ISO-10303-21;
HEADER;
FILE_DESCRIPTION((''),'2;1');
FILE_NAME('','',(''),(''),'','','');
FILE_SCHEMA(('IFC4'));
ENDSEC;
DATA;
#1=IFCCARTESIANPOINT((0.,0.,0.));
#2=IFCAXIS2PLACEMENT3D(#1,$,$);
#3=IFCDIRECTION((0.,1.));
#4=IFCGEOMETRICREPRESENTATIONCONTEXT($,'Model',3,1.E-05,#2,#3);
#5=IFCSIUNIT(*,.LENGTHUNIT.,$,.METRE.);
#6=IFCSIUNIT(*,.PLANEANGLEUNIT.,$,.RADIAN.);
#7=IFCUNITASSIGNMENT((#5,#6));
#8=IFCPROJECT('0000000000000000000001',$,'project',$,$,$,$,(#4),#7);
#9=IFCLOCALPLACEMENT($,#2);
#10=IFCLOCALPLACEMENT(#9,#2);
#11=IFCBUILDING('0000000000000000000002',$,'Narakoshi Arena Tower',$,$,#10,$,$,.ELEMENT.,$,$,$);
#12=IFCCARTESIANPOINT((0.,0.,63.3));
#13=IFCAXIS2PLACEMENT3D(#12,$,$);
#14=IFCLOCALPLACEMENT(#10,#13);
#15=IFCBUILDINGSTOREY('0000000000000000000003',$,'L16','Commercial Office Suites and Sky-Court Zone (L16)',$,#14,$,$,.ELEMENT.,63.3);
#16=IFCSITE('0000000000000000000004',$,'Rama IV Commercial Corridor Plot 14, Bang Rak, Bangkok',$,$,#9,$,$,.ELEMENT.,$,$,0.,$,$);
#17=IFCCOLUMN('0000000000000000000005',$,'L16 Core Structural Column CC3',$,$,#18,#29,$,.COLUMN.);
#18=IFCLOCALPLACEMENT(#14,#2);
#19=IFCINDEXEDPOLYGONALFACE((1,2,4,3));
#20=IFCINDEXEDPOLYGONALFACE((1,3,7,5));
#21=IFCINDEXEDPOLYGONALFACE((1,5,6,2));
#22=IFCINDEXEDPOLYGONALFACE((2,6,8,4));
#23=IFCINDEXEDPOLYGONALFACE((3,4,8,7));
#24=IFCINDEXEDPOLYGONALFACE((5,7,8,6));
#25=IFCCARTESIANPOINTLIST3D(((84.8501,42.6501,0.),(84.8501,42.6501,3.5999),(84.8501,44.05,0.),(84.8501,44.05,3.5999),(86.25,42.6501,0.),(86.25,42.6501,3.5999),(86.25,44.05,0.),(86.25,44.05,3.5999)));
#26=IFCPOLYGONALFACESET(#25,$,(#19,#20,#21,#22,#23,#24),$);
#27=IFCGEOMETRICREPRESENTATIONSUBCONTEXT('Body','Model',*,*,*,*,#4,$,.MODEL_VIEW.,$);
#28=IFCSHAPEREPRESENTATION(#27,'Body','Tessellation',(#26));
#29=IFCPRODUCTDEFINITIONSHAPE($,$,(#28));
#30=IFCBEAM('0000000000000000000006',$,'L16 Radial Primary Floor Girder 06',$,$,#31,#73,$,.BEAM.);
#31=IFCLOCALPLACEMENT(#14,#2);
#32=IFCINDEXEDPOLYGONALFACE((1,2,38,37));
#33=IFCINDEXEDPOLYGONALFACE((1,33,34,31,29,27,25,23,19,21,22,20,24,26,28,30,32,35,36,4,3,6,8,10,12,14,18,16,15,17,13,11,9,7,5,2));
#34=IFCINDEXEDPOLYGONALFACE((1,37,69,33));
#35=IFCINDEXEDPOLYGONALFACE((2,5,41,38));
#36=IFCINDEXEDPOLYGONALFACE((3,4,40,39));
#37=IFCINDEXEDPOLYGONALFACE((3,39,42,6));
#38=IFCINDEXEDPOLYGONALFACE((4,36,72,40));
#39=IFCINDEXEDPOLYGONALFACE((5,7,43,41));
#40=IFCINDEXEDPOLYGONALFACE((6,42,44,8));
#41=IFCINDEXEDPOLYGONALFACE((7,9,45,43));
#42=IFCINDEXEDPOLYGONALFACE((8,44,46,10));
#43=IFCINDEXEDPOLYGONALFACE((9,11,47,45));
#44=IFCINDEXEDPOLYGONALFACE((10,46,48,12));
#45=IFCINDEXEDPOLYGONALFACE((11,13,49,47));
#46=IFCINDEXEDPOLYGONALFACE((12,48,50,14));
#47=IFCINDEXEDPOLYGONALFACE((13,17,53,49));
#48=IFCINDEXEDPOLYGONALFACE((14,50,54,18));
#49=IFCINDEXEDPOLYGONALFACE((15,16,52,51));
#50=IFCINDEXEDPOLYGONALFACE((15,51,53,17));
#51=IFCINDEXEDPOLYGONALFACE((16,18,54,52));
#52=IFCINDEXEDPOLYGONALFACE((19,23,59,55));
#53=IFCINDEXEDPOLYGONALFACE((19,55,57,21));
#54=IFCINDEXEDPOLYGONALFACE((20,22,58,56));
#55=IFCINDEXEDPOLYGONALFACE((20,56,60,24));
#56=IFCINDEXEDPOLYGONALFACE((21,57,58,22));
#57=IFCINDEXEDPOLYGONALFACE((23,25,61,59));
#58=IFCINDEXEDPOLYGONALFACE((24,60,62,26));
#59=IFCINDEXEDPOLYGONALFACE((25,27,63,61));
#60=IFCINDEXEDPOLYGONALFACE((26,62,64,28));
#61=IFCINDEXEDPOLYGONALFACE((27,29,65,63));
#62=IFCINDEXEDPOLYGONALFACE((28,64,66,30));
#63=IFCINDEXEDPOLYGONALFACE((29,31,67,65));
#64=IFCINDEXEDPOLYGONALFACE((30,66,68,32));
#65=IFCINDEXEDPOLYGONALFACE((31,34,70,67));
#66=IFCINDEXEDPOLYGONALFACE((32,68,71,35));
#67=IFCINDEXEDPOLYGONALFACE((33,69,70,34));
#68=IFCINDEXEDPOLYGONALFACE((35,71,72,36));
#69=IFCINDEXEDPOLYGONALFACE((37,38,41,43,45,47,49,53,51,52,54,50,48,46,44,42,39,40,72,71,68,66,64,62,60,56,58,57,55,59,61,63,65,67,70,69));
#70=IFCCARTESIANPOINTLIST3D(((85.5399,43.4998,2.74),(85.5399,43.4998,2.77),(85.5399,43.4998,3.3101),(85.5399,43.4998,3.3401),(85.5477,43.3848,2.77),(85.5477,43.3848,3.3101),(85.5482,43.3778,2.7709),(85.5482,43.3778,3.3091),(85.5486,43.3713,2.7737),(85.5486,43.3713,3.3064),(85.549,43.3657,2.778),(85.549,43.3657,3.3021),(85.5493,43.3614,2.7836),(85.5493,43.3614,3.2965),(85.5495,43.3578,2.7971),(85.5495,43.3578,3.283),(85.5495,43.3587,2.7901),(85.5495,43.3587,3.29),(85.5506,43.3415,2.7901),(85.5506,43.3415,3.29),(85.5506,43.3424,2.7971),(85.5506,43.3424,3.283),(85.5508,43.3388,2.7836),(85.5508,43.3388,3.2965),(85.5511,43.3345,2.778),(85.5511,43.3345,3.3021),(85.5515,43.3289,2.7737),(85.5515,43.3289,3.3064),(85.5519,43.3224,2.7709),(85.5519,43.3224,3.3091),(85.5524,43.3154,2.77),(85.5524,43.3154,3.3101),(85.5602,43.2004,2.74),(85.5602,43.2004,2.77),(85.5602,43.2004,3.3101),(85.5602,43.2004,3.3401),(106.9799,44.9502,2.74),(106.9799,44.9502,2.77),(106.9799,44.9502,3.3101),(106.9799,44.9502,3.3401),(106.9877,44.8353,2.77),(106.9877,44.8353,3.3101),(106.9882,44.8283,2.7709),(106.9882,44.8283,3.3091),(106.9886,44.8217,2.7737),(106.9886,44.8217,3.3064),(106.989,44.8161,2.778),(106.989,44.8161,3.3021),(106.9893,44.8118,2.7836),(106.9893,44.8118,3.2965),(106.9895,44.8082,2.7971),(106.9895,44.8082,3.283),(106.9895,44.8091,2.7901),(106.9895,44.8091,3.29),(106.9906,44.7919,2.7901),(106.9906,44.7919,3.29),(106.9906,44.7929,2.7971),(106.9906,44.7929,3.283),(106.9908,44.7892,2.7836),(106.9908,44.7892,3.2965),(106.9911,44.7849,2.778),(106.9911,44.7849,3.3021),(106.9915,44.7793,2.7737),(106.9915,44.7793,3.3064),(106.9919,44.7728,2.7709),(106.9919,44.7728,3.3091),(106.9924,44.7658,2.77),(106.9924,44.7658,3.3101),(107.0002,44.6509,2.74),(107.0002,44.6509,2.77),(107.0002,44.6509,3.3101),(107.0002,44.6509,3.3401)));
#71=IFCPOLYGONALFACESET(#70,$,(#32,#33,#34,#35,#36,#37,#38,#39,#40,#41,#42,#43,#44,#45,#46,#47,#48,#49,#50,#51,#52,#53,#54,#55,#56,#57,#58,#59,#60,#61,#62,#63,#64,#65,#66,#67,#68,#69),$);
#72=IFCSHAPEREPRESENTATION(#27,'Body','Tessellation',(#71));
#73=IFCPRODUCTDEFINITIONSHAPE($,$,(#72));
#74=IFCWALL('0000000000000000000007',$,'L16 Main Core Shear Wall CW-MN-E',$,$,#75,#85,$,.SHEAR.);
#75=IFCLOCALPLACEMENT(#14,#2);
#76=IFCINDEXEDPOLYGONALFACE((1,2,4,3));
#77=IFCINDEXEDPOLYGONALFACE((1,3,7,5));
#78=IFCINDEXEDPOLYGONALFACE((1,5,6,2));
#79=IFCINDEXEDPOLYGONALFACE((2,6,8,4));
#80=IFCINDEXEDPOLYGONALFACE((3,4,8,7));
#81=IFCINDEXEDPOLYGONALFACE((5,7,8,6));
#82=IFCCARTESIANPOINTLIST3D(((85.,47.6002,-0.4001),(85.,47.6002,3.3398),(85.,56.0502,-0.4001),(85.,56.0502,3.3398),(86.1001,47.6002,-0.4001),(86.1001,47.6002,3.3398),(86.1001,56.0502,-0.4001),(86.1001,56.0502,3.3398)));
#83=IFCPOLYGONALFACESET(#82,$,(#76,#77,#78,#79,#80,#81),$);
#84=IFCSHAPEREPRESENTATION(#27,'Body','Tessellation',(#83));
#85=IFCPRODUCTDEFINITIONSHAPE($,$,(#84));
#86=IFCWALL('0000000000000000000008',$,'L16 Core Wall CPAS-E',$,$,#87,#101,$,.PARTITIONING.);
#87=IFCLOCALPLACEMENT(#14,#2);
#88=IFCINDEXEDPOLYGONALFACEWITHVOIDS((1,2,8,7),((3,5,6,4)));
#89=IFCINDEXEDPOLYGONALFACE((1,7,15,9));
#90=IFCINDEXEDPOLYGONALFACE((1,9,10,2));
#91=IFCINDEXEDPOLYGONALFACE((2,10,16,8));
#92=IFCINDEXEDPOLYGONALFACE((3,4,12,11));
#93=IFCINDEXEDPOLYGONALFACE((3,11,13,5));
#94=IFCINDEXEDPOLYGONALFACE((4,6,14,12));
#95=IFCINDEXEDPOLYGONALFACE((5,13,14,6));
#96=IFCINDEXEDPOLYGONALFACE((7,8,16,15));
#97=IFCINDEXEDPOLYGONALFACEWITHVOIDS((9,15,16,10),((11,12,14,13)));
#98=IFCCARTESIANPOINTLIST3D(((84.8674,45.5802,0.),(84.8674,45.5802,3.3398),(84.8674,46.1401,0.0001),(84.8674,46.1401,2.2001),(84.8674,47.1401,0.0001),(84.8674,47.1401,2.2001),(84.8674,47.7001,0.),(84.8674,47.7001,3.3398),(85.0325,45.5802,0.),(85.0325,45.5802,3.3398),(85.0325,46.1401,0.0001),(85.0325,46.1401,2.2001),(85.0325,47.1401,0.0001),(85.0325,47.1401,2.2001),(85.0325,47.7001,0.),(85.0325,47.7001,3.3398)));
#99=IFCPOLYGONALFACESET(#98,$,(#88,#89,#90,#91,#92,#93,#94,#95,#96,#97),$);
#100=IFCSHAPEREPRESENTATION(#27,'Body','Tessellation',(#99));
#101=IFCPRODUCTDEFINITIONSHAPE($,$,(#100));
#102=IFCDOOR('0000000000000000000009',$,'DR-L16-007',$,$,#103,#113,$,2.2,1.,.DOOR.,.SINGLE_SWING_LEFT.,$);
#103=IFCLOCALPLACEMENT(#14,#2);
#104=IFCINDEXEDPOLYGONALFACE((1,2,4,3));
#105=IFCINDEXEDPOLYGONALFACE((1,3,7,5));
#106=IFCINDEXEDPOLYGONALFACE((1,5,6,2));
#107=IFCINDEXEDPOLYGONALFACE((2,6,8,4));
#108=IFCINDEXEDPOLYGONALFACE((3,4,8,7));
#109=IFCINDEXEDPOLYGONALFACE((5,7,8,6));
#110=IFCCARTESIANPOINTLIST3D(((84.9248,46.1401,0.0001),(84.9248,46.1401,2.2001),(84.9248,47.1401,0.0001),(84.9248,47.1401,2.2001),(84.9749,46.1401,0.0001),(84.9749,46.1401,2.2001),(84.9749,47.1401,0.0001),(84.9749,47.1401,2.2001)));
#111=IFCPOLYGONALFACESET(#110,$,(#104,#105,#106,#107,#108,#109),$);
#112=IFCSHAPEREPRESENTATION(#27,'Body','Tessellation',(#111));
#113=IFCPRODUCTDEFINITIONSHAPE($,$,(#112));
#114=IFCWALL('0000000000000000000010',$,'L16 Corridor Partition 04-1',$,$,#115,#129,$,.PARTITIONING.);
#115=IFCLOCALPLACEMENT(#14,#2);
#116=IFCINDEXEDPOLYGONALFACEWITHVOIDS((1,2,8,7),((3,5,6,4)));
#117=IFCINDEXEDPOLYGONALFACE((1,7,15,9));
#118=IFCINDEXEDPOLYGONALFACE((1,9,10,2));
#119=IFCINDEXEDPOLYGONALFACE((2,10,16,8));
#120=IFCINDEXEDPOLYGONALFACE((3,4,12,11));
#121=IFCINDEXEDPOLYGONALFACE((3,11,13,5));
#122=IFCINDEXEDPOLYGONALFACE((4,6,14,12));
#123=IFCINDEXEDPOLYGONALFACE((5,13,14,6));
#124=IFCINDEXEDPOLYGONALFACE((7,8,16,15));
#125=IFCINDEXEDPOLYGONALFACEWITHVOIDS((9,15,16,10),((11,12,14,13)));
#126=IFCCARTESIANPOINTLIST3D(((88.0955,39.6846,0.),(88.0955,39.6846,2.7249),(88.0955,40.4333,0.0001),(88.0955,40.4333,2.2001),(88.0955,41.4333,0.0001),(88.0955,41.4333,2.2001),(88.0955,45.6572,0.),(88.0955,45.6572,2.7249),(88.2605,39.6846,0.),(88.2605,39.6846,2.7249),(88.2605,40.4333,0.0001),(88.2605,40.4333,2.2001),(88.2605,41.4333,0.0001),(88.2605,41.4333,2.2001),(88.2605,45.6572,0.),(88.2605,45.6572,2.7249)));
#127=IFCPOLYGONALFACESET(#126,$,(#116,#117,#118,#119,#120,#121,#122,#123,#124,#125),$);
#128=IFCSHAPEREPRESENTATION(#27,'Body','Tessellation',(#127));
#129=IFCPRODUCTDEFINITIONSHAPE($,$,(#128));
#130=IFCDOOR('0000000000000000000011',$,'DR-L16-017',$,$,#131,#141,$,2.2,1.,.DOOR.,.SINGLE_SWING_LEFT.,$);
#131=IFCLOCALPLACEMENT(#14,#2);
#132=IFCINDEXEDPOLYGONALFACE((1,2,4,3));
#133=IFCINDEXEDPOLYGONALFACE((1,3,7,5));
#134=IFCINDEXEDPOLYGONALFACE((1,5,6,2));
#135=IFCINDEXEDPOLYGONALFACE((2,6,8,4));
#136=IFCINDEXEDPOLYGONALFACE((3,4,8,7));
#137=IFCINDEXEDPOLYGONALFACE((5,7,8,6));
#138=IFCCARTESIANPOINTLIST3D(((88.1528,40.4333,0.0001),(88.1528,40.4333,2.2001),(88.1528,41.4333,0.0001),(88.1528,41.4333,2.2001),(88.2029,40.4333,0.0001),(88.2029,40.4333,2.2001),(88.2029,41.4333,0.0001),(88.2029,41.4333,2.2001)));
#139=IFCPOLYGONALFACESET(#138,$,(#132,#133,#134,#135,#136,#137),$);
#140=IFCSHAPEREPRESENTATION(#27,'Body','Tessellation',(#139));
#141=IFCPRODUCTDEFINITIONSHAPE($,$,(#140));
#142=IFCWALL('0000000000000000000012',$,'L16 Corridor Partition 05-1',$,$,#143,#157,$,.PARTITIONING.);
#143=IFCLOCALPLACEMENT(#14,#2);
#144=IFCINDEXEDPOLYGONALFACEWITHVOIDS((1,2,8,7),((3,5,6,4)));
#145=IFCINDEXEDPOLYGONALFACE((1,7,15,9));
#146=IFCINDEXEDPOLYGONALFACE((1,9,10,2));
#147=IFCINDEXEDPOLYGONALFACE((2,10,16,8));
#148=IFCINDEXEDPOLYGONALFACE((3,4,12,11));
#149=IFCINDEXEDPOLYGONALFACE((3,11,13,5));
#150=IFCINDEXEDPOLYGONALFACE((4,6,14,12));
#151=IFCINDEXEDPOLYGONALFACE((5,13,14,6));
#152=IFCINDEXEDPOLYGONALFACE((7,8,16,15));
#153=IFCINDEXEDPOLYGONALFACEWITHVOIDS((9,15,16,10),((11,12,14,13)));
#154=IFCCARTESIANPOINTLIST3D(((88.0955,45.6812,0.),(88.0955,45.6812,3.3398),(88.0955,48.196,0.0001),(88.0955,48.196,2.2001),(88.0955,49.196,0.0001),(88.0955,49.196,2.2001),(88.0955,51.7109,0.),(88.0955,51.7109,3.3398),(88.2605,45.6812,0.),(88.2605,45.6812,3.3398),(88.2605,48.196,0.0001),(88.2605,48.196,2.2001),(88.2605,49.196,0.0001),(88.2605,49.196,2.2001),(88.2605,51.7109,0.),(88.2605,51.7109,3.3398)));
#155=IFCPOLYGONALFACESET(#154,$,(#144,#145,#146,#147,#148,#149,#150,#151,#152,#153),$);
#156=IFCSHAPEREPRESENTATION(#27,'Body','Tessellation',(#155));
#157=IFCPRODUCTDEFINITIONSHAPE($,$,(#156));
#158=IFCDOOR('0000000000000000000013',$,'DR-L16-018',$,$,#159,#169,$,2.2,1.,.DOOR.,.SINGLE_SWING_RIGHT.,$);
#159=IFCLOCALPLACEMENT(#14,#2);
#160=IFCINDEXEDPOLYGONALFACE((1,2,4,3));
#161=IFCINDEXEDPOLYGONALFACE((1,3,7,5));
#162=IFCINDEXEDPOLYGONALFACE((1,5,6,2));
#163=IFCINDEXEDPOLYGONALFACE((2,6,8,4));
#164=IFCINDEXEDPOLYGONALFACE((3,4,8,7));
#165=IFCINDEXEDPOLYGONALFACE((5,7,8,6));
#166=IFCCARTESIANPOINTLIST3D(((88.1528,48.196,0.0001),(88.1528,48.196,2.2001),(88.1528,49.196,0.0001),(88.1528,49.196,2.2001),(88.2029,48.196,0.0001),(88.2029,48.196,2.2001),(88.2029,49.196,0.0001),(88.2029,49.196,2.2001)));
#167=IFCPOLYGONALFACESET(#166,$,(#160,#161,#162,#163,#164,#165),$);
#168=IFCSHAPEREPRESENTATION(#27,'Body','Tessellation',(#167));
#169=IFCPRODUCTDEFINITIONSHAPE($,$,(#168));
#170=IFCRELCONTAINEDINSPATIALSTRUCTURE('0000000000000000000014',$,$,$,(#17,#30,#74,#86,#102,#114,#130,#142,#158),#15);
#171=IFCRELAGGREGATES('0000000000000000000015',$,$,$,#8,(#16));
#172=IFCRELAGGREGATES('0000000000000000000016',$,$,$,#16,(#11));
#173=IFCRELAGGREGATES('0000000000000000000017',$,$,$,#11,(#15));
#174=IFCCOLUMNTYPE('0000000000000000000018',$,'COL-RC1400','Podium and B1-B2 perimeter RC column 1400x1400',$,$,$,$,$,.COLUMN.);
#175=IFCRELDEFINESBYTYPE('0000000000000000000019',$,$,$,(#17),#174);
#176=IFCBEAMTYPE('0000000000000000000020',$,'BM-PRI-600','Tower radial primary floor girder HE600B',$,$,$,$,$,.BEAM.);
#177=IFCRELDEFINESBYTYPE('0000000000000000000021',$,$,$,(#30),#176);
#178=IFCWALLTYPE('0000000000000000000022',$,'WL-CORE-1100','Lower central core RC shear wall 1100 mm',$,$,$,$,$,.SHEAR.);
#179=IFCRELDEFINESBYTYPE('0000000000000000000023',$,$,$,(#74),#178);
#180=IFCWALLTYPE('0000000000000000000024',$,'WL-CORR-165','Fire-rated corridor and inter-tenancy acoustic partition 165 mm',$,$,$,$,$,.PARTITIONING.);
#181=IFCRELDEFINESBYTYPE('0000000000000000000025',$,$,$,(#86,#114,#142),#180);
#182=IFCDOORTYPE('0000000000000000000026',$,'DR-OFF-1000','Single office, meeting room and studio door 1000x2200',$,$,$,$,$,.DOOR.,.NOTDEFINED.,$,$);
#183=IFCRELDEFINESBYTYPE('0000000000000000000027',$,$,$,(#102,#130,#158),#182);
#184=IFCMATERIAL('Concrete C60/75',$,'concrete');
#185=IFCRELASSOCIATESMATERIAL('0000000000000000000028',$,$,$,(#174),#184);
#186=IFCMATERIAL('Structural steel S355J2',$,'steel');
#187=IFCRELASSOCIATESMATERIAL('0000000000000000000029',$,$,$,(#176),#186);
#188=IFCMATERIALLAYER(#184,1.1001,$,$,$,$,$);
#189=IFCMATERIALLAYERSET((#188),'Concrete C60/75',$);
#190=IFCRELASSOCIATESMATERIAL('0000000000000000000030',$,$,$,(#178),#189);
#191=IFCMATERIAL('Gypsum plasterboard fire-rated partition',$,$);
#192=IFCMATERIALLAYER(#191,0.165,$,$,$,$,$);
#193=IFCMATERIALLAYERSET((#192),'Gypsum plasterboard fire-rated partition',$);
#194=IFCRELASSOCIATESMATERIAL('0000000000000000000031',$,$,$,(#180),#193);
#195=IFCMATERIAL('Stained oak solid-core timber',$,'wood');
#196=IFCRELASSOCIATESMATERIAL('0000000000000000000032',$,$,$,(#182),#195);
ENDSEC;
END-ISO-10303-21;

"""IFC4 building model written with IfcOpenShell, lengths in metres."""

from ifc_helpers import new_model, si_unit, direction, frame, frame_2d, origin, origin_2d, place, context, subcontext, project, spatial, rectangle, i_section, extrude, material, layer, layer_set, material_profile, profile_set, type_object, element, fill, save


model = new_model("IFC4")

# Units and contexts
model_context = context("Model", 3, precision=1e-05, world=origin(), true_north=direction((0.0, 1.0)))
body_context = subcontext(model_context, "Body", "Model", "MODEL_VIEW")
ifc_project = project(units=[si_unit("LENGTHUNIT", "METRE"), si_unit("PLANEANGLEUNIT", "RADIAN")], contexts=[model_context])

# Site, building, storey
site_placement = place(None, origin())
site = spatial("IfcSite", under=ifc_project, at=site_placement, Name="Rama IV Commercial Corridor Plot 14, Bang Rak, Bangkok", CompositionType="ELEMENT", RefElevation=0.0)
building_placement = place(site_placement, origin())
building = spatial("IfcBuilding", under=site, at=building_placement, Name="Narakoshi Arena Tower", CompositionType="ELEMENT")
storey_placement = place(building_placement, frame((0.0, 0.0, 63.3)))
storey = spatial("IfcBuildingStorey", under=building, at=storey_placement, Name="L16", Description="Commercial Office Suites and Sky-Court Zone (L16)", CompositionType="ELEMENT", Elevation=63.3)

# Column
ifc_material_1 = material(Name="Concrete C60/75", Category="concrete")
ifc_material_profile_1 = material_profile(ifc_material_1, rectangle(XDim=1.3999, YDim=1.3999, at=origin_2d()), Name="RC1400x1400")
ifc_profile_set_1 = profile_set([ifc_material_profile_1], Name="Concrete C60/75")
column_type = type_object("IfcColumnType", Name="COL-RC1400", Description="Podium and B1-B2 perimeter RC column 1400x1400", PredefinedType="COLUMN", material=ifc_profile_set_1)
column_placement = place(storey_placement, frame((85.55, 43.3501, 0.0), z_axis=(0.0, 0.0, 1.0), x_axis=(1.0, 0.0, 0.0)))
element("IfcColumn", 1, at=column_placement, inside=storey, type_object=column_type, Name="L16 Core Structural Column CC3", PredefinedType="COLUMN", context=body_context, shape_type="SweptSolid", body=[
    extrude(rectangle(XDim=1.3999, YDim=1.3999, at=origin_2d()), origin(), (0.0, 0.0, 1.0), 3.5999),
])

# Beam
ifc_material_2 = material(Name="Structural steel S355J2", Category="steel")
ifc_material_profile_2 = material_profile(ifc_material_2, i_section(OverallWidth=0.3, OverallDepth=0.6001, WebThickness=0.0154, FlangeThickness=0.03, FilletRadius=0.0271, at=origin_2d()), Name="HE600B")
ifc_profile_set_2 = profile_set([ifc_material_profile_2], Name="Structural steel S355J2")
beam_type = type_object("IfcBeamType", Name="BM-PRI-600", Description="Tower radial primary floor girder HE600B", PredefinedType="BEAM", material=ifc_profile_set_2)
beam_placement = place(storey_placement, frame((85.55, 43.3501, 3.04), z_axis=(0.997719, 0.067497, 0.0), x_axis=(-0.067497, 0.997719, 0.0)))
element("IfcBeam", 2, at=beam_placement, inside=storey, type_object=beam_type, Name="L16 Radial Primary Floor Girder 06", PredefinedType="BEAM", context=body_context, shape_type="SweptSolid", body=[
    extrude(i_section(OverallWidth=0.3, OverallDepth=0.6001, WebThickness=0.0154, FlangeThickness=0.03, FilletRadius=0.0271, at=origin_2d()), origin(), (0.0, 0.0, 1.0), 21.489),
])

# Wall
ifc_layer_1 = layer(ifc_material_1, 1.1001)
ifc_layer_set_1 = layer_set([ifc_layer_1], Name="Concrete C60/75")
wall_type_1 = type_object("IfcWallType", Name="WL-CORE-1100", Description="Lower central core RC shear wall 1100 mm", PredefinedType="SHEAR", material=ifc_layer_set_1)
wall_1_placement = place(storey_placement, frame((85.55, 47.6001, -0.4001), z_axis=(0.0, 0.0, 1.0), x_axis=(0.0, 1.0, 0.0)))
element("IfcWall", 3, at=wall_1_placement, inside=storey, type_object=wall_type_1, Name="L16 Main Core Shear Wall CW-MN-E", PredefinedType="SHEAR", context=body_context, shape_type="SweptSolid", body=[
    extrude(rectangle(XDim=8.45, YDim=1.1001, at=frame_2d((4.2251, 0.0))), origin(), (0.0, 0.0, 1.0), 3.74),
])

# Walls, openings, doors
ifc_material_3 = material(Name="Gypsum plasterboard fire-rated partition")
ifc_layer_2 = layer(ifc_material_3, 0.165)
ifc_layer_set_2 = layer_set([ifc_layer_2], Name="Gypsum plasterboard fire-rated partition")
wall_type_2 = type_object("IfcWallType", Name="WL-CORR-165", Description="Fire-rated corridor and inter-tenancy acoustic partition 165 mm", PredefinedType="PARTITIONING", material=ifc_layer_set_2)
wall_2_placement = place(storey_placement, frame((84.95, 45.5801, 0.0), z_axis=(0.0, 0.0, 1.0), x_axis=(0.0, 1.0, 0.0)))
wall_2 = element("IfcWall", 4, at=wall_2_placement, inside=storey, type_object=wall_type_2, Name="L16 Core Wall CPAS-E", PredefinedType="PARTITIONING", context=body_context, shape_type="SweptSolid", body=[
    extrude(rectangle(XDim=2.1199, YDim=0.165, at=frame_2d((1.0601, 0.0))), origin(), (0.0, 0.0, 1.0), 3.3398),
])
opening_1_placement = place(wall_2_placement, frame((0.5601, 0.0, 0.0)))
opening_1 = element("IfcOpeningElement", 5, at=opening_1_placement, cuts=wall_2, PredefinedType="OPENING", context=body_context, shape_type="SweptSolid", body=[
    extrude(rectangle(XDim=1.0, YDim=2.2, at=frame_2d((0.5, 1.1001))), frame((0.0, 0.0925, 0.0), z_axis=(0.0, -1.0, 0.0), x_axis=(1.0, 0.0, 0.0)), (0.0, 0.0, 1.0), 0.1851),
])
ifc_material_4 = material(Name="Stained oak solid-core timber", Category="wood")
door_type_1 = type_object("IfcDoorType", Name="DR-OFF-1000", Description="Single office, meeting room and studio door 1000x2200", OperationType="NOTDEFINED", PredefinedType="DOOR", material=ifc_material_4)
door_1_placement = place(opening_1_placement, frame((1.0, 0.0, 0.0), z_axis=(0.0, 0.0, 1.0), x_axis=(-1.0, 0.0, 0.0)))
door_1 = element("IfcDoor", 6, at=door_1_placement, inside=storey, type_object=door_type_1, Name="DR-L16-007", OperationType="SINGLE_SWING_LEFT", OverallHeight=2.2, OverallWidth=1.0, PredefinedType="DOOR", context=body_context, shape_type="SweptSolid", body=[
    extrude(rectangle(XDim=1.0, YDim=2.2, at=frame_2d((0.5, 1.1001))), frame((0.0, 0.0249, 0.0), z_axis=(0.0, -1.0, 0.0), x_axis=(1.0, 0.0, 0.0)), (0.0, 0.0, 1.0), 0.05),
])
fill(opening_1, door_1)
wall_3_placement = place(storey_placement, frame((88.178, 39.6846, 0.0), z_axis=(0.0, 0.0, 1.0), x_axis=(0.0, 1.0, 0.0)))
wall_3 = element("IfcWall", 7, at=wall_3_placement, inside=storey, type_object=wall_type_2, Name="L16 Corridor Partition 04-1", PredefinedType="PARTITIONING", context=body_context, shape_type="SweptSolid", body=[
    extrude(rectangle(XDim=5.9727, YDim=0.165, at=frame_2d((2.9863, 0.0))), origin(), (0.0, 0.0, 1.0), 2.7249),
])
opening_2_placement = place(wall_3_placement, frame((0.7488, 0.0, 0.0)))
opening_2 = element("IfcOpeningElement", 8, at=opening_2_placement, cuts=wall_3, PredefinedType="OPENING", context=body_context, shape_type="SweptSolid", body=[
    extrude(rectangle(XDim=1.0, YDim=2.2, at=frame_2d((0.5, 1.1001))), frame((0.0, 0.0925, 0.0), z_axis=(0.0, -1.0, 0.0), x_axis=(1.0, 0.0, 0.0)), (0.0, 0.0, 1.0), 0.1851),
])
door_2_placement = place(opening_2_placement, frame((1.0, 0.0, 0.0), z_axis=(0.0, 0.0, 1.0), x_axis=(-1.0, 0.0, 0.0)))
door_2 = element("IfcDoor", 9, at=door_2_placement, inside=storey, type_object=door_type_1, Name="DR-L16-017", OperationType="SINGLE_SWING_LEFT", OverallHeight=2.2, OverallWidth=1.0, PredefinedType="DOOR", context=body_context, shape_type="SweptSolid", body=[
    extrude(rectangle(XDim=1.0, YDim=2.2, at=frame_2d((0.5, 1.1001))), frame((0.0, 0.0249, 0.0), z_axis=(0.0, -1.0, 0.0), x_axis=(1.0, 0.0, 0.0)), (0.0, 0.0, 1.0), 0.05),
])
fill(opening_2, door_2)
wall_4_placement = place(storey_placement, frame((88.178, 45.6812, 0.0), z_axis=(0.0, 0.0, 1.0), x_axis=(0.0, 1.0, 0.0)))
wall_4 = element("IfcWall", 10, at=wall_4_placement, inside=storey, type_object=wall_type_2, Name="L16 Corridor Partition 05-1", PredefinedType="PARTITIONING", context=body_context, shape_type="SweptSolid", body=[
    extrude(rectangle(XDim=6.0298, YDim=0.165, at=frame_2d((3.0149, 0.0))), origin(), (0.0, 0.0, 1.0), 3.3398),
])
opening_3_placement = place(wall_4_placement, frame((2.5149, 0.0, 0.0)))
opening_3 = element("IfcOpeningElement", 11, at=opening_3_placement, cuts=wall_4, PredefinedType="OPENING", context=body_context, shape_type="SweptSolid", body=[
    extrude(rectangle(XDim=1.0, YDim=2.2, at=frame_2d((0.5, 1.1001))), frame((0.0, 0.0925, 0.0), z_axis=(0.0, -1.0, 0.0), x_axis=(1.0, 0.0, 0.0)), (0.0, 0.0, 1.0), 0.1851),
])
door_3_placement = place(opening_3_placement, frame((1.0, 0.0, 0.0), z_axis=(0.0, 0.0, 1.0), x_axis=(-1.0, 0.0, 0.0)))
door_3 = element("IfcDoor", 12, at=door_3_placement, inside=storey, type_object=door_type_1, Name="DR-L16-018", OperationType="SINGLE_SWING_RIGHT", OverallHeight=2.2, OverallWidth=1.0, PredefinedType="DOOR", context=body_context, shape_type="SweptSolid", body=[
    extrude(rectangle(XDim=1.0, YDim=2.2, at=frame_2d((0.5, 1.1001))), frame((0.0, 0.0249, 0.0), z_axis=(0.0, -1.0, 0.0), x_axis=(1.0, 0.0, 0.0)), (0.0, 0.0, 1.0), 0.05),
])
fill(opening_3, door_3)

save(model, "model.ifc")
